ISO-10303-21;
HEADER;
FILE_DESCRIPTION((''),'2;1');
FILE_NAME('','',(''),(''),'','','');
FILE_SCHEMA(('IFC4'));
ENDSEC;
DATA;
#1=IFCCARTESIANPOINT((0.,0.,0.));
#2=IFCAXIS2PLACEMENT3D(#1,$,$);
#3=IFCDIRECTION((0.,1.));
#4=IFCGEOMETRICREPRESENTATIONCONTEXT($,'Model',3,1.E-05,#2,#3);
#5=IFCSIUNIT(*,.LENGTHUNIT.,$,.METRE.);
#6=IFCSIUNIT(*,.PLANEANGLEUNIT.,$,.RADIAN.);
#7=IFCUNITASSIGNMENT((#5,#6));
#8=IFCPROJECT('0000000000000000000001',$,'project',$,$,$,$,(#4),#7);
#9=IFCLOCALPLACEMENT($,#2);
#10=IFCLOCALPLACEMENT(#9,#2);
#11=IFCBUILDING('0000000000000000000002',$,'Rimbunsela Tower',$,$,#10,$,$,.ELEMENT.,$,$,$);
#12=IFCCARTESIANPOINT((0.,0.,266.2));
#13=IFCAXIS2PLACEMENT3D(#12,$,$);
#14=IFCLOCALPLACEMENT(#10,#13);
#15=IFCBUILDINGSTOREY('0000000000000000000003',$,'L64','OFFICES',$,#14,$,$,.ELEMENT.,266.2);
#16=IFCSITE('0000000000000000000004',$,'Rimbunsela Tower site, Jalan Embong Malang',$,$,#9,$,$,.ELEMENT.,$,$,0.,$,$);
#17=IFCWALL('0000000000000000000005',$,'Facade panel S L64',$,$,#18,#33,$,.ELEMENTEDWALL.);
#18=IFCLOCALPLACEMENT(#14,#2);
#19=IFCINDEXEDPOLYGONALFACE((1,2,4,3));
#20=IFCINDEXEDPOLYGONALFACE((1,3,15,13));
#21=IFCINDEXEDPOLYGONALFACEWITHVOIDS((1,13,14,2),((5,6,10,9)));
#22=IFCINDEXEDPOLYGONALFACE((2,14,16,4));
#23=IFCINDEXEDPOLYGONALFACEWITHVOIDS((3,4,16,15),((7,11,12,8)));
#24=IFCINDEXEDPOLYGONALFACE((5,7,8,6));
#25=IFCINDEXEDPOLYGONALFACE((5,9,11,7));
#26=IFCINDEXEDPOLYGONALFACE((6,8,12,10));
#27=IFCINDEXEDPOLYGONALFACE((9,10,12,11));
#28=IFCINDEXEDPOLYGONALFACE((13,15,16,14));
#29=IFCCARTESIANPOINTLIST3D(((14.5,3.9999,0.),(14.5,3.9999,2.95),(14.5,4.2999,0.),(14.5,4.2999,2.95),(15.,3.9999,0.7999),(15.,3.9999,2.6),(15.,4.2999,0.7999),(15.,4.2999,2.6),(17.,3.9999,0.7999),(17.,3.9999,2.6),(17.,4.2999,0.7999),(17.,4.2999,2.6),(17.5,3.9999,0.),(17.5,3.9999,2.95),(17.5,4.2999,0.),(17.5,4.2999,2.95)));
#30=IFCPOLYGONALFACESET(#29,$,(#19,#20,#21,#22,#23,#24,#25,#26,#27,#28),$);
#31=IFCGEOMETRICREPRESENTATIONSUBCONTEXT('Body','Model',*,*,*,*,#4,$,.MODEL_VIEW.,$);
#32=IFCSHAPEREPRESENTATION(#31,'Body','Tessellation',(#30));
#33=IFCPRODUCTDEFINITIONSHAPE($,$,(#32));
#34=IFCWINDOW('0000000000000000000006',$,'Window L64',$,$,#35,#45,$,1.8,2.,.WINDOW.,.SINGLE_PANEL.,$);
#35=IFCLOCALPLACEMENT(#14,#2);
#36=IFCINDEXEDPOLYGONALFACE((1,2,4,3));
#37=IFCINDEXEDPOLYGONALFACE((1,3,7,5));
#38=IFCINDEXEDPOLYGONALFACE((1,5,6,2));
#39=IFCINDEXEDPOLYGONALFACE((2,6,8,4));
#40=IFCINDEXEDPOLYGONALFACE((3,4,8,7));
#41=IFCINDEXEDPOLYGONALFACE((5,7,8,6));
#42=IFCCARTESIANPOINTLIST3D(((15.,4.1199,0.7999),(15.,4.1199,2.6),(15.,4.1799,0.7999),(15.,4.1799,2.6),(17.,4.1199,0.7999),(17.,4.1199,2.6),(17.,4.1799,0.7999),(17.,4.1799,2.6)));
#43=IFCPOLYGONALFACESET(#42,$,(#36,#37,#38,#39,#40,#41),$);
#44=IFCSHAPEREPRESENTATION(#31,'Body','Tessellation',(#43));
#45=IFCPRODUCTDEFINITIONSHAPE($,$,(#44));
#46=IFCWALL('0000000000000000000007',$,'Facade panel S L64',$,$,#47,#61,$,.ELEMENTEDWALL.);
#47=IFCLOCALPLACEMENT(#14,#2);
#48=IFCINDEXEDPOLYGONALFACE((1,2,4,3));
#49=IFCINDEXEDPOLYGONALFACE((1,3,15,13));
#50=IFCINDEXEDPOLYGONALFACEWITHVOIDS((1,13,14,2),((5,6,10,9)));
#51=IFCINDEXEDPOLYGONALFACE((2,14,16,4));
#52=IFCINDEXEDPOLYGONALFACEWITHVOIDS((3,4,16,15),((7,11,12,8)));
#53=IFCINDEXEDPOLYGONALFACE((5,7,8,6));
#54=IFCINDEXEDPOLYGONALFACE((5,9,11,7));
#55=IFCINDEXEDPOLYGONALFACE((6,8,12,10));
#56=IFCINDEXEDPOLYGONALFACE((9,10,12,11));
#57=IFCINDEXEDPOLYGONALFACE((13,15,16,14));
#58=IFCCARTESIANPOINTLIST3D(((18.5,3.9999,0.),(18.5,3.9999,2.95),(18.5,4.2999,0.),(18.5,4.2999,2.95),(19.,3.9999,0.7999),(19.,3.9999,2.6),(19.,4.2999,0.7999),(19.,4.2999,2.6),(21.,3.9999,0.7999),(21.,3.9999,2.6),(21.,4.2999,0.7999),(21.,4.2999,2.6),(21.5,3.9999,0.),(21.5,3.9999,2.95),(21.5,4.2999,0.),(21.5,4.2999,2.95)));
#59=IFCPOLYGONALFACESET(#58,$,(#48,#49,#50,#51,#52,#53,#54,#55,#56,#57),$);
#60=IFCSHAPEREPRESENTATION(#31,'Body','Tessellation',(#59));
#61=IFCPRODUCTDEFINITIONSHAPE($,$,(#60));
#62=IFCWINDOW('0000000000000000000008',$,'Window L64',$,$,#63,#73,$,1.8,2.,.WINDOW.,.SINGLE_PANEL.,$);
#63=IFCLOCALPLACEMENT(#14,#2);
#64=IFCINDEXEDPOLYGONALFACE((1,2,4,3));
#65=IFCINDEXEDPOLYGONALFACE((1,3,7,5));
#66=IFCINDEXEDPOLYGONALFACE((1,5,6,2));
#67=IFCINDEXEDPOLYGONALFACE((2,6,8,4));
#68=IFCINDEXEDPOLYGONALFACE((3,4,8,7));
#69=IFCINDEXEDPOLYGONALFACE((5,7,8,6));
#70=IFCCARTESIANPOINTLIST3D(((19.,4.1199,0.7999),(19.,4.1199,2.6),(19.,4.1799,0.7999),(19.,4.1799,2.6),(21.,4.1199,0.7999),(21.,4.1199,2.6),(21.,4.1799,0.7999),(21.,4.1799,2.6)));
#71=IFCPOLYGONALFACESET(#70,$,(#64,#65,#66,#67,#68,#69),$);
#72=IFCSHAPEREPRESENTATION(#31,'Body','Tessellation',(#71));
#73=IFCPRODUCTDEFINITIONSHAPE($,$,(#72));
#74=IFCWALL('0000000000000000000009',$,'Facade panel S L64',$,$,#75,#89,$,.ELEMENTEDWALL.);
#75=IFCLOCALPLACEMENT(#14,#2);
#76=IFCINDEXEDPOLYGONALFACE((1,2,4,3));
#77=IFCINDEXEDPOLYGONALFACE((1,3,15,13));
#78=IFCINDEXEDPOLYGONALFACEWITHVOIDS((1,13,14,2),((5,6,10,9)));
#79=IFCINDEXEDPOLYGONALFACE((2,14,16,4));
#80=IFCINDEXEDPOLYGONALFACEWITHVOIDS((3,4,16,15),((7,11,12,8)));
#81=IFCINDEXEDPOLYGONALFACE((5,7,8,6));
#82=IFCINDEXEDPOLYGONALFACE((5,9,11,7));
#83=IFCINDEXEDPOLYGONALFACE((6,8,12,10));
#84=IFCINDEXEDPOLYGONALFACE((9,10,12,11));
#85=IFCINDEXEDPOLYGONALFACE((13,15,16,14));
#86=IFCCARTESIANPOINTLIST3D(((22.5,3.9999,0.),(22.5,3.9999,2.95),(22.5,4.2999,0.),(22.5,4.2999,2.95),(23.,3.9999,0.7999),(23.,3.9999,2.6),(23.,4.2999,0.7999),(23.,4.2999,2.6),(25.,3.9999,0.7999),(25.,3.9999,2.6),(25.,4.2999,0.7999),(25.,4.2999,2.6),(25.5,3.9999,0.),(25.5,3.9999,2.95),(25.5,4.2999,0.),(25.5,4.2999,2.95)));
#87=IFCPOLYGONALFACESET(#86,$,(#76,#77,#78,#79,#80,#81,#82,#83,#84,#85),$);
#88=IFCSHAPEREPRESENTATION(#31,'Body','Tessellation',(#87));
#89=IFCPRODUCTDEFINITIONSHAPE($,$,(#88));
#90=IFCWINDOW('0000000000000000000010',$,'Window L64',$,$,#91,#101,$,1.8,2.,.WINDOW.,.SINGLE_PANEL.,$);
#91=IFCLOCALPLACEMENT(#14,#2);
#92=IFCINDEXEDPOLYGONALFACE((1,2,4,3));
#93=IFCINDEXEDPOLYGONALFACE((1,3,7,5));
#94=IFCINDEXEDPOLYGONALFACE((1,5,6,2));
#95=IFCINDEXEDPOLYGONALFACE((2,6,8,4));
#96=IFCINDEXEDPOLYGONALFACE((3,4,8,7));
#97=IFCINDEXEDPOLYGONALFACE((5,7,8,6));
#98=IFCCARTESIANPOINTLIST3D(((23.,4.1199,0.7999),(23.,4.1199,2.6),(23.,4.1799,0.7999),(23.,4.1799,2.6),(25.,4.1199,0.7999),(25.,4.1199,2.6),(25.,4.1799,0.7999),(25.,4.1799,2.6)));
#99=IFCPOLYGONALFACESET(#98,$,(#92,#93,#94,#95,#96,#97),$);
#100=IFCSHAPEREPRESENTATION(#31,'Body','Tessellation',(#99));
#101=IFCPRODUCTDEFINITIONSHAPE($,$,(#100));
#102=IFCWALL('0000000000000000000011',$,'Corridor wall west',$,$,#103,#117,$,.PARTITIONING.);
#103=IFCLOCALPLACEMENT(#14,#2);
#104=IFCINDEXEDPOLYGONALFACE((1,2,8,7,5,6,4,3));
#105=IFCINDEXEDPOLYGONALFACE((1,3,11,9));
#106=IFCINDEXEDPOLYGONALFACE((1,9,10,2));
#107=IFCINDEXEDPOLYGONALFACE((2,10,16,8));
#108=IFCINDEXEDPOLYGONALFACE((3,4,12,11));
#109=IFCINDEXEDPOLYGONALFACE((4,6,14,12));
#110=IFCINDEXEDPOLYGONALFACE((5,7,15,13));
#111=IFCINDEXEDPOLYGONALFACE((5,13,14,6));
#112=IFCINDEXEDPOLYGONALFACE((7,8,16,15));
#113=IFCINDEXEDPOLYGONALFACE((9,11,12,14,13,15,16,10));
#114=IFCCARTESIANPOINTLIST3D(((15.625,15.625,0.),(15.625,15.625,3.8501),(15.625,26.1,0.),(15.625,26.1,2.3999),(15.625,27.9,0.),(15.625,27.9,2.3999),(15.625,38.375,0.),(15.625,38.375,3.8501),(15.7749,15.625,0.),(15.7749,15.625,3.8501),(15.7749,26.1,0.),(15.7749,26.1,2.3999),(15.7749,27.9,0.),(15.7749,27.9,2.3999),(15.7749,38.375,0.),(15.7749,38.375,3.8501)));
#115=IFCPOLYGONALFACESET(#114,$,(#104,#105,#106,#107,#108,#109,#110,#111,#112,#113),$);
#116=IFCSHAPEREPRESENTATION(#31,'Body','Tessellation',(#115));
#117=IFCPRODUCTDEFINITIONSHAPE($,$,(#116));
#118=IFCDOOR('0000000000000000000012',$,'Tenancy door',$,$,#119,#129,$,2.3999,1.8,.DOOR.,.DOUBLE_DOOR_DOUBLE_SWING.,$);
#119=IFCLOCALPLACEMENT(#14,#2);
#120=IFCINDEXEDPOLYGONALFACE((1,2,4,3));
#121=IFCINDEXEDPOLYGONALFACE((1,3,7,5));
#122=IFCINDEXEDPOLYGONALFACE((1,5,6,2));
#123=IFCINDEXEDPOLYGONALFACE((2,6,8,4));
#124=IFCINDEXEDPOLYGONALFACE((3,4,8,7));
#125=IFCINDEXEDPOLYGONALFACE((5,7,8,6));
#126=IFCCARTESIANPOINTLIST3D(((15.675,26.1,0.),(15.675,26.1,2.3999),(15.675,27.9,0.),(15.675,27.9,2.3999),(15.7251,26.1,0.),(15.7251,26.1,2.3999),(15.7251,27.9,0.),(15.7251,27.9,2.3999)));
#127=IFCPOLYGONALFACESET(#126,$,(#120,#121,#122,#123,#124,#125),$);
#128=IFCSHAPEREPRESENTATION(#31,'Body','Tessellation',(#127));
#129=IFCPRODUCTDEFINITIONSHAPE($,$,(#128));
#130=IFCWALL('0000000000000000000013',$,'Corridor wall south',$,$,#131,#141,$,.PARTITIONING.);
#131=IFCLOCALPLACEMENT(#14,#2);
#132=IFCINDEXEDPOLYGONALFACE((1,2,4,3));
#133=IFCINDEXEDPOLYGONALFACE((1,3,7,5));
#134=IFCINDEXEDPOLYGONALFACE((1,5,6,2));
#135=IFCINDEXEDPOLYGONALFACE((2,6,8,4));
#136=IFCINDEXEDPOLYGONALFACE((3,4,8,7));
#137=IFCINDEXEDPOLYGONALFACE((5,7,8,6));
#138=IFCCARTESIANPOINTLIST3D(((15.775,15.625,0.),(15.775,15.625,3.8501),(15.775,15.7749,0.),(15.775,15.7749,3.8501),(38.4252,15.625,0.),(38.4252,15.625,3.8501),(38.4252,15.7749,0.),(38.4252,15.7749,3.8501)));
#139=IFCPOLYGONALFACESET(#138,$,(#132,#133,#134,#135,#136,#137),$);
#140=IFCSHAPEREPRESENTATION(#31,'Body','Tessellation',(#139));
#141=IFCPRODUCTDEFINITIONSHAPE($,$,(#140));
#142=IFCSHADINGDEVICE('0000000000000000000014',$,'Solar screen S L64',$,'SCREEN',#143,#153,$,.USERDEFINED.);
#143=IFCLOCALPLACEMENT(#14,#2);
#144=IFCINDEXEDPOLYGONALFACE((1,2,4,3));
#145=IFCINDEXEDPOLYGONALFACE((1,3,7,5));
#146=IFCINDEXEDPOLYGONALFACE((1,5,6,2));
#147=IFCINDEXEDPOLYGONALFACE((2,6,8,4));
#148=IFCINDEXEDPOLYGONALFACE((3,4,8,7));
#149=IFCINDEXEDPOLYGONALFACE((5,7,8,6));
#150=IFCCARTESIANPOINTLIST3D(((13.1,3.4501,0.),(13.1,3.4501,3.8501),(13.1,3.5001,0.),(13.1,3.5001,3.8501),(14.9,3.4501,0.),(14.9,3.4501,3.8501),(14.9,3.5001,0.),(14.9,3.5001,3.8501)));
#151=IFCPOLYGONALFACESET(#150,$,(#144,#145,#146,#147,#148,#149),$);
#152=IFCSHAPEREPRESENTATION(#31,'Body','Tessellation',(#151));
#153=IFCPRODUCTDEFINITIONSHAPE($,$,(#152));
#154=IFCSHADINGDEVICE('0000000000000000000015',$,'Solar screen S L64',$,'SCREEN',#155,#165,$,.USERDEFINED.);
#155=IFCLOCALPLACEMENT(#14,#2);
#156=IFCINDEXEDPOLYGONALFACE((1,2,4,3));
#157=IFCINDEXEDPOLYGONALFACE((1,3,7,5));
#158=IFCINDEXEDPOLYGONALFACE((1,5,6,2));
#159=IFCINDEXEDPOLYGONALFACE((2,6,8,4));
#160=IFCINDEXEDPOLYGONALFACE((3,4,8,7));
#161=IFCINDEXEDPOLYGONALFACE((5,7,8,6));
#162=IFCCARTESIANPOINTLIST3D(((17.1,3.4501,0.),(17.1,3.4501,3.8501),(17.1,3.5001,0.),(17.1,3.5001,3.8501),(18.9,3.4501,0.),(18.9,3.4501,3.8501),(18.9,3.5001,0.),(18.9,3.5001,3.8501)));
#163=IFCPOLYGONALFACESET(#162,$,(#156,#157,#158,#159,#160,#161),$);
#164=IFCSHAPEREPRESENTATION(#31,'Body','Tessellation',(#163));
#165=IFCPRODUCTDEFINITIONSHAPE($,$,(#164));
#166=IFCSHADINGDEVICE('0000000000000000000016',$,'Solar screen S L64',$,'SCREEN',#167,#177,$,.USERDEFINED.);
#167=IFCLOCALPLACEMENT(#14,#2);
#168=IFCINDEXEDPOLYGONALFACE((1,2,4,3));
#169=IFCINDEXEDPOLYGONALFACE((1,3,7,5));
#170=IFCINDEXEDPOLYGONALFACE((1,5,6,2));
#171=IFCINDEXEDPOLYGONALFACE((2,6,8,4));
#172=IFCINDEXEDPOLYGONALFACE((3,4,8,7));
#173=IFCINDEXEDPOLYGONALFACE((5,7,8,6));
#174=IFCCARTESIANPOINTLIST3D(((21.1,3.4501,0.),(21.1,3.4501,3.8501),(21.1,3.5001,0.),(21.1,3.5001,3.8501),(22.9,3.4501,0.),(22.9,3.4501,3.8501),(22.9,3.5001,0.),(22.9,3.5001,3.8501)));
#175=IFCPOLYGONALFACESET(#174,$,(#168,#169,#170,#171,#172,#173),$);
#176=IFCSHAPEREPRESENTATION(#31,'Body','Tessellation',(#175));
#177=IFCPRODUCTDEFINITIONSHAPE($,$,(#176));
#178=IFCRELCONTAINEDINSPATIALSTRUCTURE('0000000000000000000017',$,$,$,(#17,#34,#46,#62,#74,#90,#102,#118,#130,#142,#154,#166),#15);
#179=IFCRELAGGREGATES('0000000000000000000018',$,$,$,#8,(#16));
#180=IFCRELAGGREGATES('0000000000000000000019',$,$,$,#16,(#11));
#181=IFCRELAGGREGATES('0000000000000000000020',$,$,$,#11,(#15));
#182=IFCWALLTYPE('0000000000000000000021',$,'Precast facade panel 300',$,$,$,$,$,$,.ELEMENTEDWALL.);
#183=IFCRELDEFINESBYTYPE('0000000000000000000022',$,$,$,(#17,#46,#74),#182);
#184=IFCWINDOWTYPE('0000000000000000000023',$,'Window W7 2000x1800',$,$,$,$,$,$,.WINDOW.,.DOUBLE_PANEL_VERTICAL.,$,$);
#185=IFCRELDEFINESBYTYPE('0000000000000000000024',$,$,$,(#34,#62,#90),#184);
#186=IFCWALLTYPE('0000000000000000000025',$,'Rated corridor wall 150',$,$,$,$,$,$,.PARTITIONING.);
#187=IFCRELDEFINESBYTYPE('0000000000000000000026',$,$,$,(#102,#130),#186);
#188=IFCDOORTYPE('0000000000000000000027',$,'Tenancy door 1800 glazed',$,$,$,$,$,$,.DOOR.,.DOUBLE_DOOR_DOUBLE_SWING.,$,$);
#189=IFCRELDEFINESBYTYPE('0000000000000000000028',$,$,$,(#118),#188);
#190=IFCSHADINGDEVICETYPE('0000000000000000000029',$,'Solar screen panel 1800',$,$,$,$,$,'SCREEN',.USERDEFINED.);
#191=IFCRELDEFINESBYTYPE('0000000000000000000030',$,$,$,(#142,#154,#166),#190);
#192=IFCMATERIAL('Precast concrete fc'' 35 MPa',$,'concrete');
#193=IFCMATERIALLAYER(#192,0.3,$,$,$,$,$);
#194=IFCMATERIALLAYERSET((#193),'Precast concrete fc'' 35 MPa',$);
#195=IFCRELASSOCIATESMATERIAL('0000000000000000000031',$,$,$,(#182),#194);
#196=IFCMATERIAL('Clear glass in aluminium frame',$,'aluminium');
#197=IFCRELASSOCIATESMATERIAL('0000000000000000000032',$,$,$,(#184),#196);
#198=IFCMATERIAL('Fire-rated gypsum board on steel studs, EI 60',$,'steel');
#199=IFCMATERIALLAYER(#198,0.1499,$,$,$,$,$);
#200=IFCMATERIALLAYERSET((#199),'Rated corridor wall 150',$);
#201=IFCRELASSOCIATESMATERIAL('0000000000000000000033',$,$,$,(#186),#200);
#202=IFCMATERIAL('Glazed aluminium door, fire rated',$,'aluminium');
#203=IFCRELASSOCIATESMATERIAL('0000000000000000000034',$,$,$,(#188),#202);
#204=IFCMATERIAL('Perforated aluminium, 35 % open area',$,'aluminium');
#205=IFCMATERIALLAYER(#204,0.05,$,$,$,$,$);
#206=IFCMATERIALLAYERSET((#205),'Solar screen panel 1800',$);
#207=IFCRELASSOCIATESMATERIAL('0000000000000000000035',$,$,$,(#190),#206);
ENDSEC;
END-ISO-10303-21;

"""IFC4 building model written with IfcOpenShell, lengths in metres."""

from ifc_helpers import new_model, si_unit, direction, frame, frame_2d, origin, origin_2d, place, context, subcontext, project, spatial, rectangle, extrude, material, layer, layer_set, type_object, element, fill, save


model = new_model("IFC4")

# Units and contexts
model_context = context("Model", 3, precision=1e-05, world=origin(), true_north=direction((0.0, 1.0)))
body_context = subcontext(model_context, "Body", "Model", "MODEL_VIEW")
ifc_project = project(units=[si_unit("LENGTHUNIT", "METRE"), si_unit("PLANEANGLEUNIT", "RADIAN")], contexts=[model_context])

# Site, building, storey
site_placement = place(None, origin())
site = spatial("IfcSite", under=ifc_project, at=site_placement, Name="Rimbunsela Tower site, Jalan Embong Malang", CompositionType="ELEMENT", RefElevation=0.0)
building_placement = place(site_placement, origin())
building = spatial("IfcBuilding", under=site, at=building_placement, Name="Rimbunsela Tower", CompositionType="ELEMENT")
storey_placement = place(building_placement, frame((0.0, 0.0, 266.2)))
storey = spatial("IfcBuildingStorey", under=building, at=storey_placement, Name="L64", Description="OFFICES", CompositionType="ELEMENT", Elevation=266.2)

# Shared definitions
ifc_material_1 = material(Name="Precast concrete fc' 35 MPa", Category="concrete")
ifc_layer_1 = layer(ifc_material_1, 0.3)
ifc_layer_set_1 = layer_set([ifc_layer_1], Name="Precast concrete fc' 35 MPa")
wall_type_1 = type_object("IfcWallType", Name="Precast facade panel 300", PredefinedType="ELEMENTEDWALL", material=ifc_layer_set_1)

# Walls, openings, windows
wall_1_placement = place(storey_placement, frame((14.5, 4.1499, 0.0), z_axis=(0.0, 0.0, 1.0), x_axis=(1.0, 0.0, 0.0)))
wall_1 = element("IfcWall", 1, at=wall_1_placement, inside=storey, type_object=wall_type_1, Name="Facade panel S L64", PredefinedType="ELEMENTEDWALL", context=body_context, shape_type="SweptSolid", body=[
    extrude(rectangle(XDim=3.0, YDim=0.3, at=frame_2d((1.5, 0.0))), origin(), (0.0, 0.0, 1.0), 2.95),
])
opening_1_placement = place(wall_1_placement, frame((0.5, 0.0, 0.8)))
opening_1 = element("IfcOpeningElement", 2, at=opening_1_placement, cuts=wall_1, PredefinedType="OPENING", context=body_context, shape_type="SweptSolid", body=[
    extrude(rectangle(XDim=2.0, YDim=1.8, at=frame_2d((1.0, 0.8999))), frame((0.0, 0.1599, 0.0), z_axis=(0.0, -1.0, 0.0), x_axis=(1.0, 0.0, 0.0)), (0.0, 0.0, 1.0), 0.3201),
])
ifc_material_2 = material(Name="Clear glass in aluminium frame", Category="aluminium")
window_type = type_object("IfcWindowType", Name="Window W7 2000x1800", PartitioningType="DOUBLE_PANEL_VERTICAL", PredefinedType="WINDOW", material=ifc_material_2)
window_1_placement = place(opening_1_placement, origin())
window_1 = element("IfcWindow", 3, at=window_1_placement, inside=storey, type_object=window_type, Name="Window L64", OverallHeight=1.8, OverallWidth=2.0, PartitioningType="SINGLE_PANEL", PredefinedType="WINDOW", context=body_context, shape_type="SweptSolid", body=[
    extrude(rectangle(XDim=2.0, YDim=1.8, at=frame_2d((1.0, 0.8999))), frame((0.0, 0.03, 0.0), z_axis=(0.0, -1.0, 0.0), x_axis=(1.0, 0.0, 0.0)), (0.0, 0.0, 1.0), 0.0601),
])
fill(opening_1, window_1)
wall_2_placement = place(storey_placement, frame((18.5, 4.1499, 0.0), z_axis=(0.0, 0.0, 1.0), x_axis=(1.0, 0.0, 0.0)))
wall_2 = element("IfcWall", 4, at=wall_2_placement, inside=storey, type_object=wall_type_1, Name="Facade panel S L64", PredefinedType="ELEMENTEDWALL", context=body_context, shape_type="SweptSolid", body=[
    extrude(rectangle(XDim=3.0, YDim=0.3, at=frame_2d((1.5, 0.0))), origin(), (0.0, 0.0, 1.0), 2.95),
])
opening_2_placement = place(wall_2_placement, frame((0.5, 0.0, 0.8)))
opening_2 = element("IfcOpeningElement", 5, at=opening_2_placement, cuts=wall_2, PredefinedType="OPENING", context=body_context, shape_type="SweptSolid", body=[
    extrude(rectangle(XDim=2.0, YDim=1.8, at=frame_2d((1.0, 0.8999))), frame((0.0, 0.1599, 0.0), z_axis=(0.0, -1.0, 0.0), x_axis=(1.0, 0.0, 0.0)), (0.0, 0.0, 1.0), 0.3201),
])
window_2_placement = place(opening_2_placement, origin())
window_2 = element("IfcWindow", 6, at=window_2_placement, inside=storey, type_object=window_type, Name="Window L64", OverallHeight=1.8, OverallWidth=2.0, PartitioningType="SINGLE_PANEL", PredefinedType="WINDOW", context=body_context, shape_type="SweptSolid", body=[
    extrude(rectangle(XDim=2.0, YDim=1.8, at=frame_2d((1.0, 0.8999))), frame((0.0, 0.03, 0.0), z_axis=(0.0, -1.0, 0.0), x_axis=(1.0, 0.0, 0.0)), (0.0, 0.0, 1.0), 0.0601),
])
fill(opening_2, window_2)
wall_3_placement = place(storey_placement, frame((22.5, 4.1499, 0.0), z_axis=(0.0, 0.0, 1.0), x_axis=(1.0, 0.0, 0.0)))
wall_3 = element("IfcWall", 7, at=wall_3_placement, inside=storey, type_object=wall_type_1, Name="Facade panel S L64", PredefinedType="ELEMENTEDWALL", context=body_context, shape_type="SweptSolid", body=[
    extrude(rectangle(XDim=3.0, YDim=0.3, at=frame_2d((1.5, 0.0))), origin(), (0.0, 0.0, 1.0), 2.95),
])
opening_3_placement = place(wall_3_placement, frame((0.5, 0.0, 0.8)))
opening_3 = element("IfcOpeningElement", 8, at=opening_3_placement, cuts=wall_3, PredefinedType="OPENING", context=body_context, shape_type="SweptSolid", body=[
    extrude(rectangle(XDim=2.0, YDim=1.8, at=frame_2d((1.0, 0.8999))), frame((0.0, 0.1599, 0.0), z_axis=(0.0, -1.0, 0.0), x_axis=(1.0, 0.0, 0.0)), (0.0, 0.0, 1.0), 0.3201),
])
window_3_placement = place(opening_3_placement, origin())
window_3 = element("IfcWindow", 9, at=window_3_placement, inside=storey, type_object=window_type, Name="Window L64", OverallHeight=1.8, OverallWidth=2.0, PartitioningType="SINGLE_PANEL", PredefinedType="WINDOW", context=body_context, shape_type="SweptSolid", body=[
    extrude(rectangle(XDim=2.0, YDim=1.8, at=frame_2d((1.0, 0.8999))), frame((0.0, 0.03, 0.0), z_axis=(0.0, -1.0, 0.0), x_axis=(1.0, 0.0, 0.0)), (0.0, 0.0, 1.0), 0.0601),
])
fill(opening_3, window_3)

# Wall, opening, door
ifc_material_3 = material(Name="Fire-rated gypsum board on steel studs, EI 60", Category="steel")
ifc_layer_2 = layer(ifc_material_3, 0.1499)
ifc_layer_set_2 = layer_set([ifc_layer_2], Name="Rated corridor wall 150")
wall_type_2 = type_object("IfcWallType", Name="Rated corridor wall 150", PredefinedType="PARTITIONING", material=ifc_layer_set_2)
wall_4_placement = place(storey_placement, frame((15.7, 15.625, 0.0), z_axis=(0.0, 0.0, 1.0), x_axis=(0.0, 1.0, 0.0)))
wall_4 = element("IfcWall", 10, at=wall_4_placement, inside=storey, type_object=wall_type_2, Name="Corridor wall west", PredefinedType="PARTITIONING", context=body_context, shape_type="SweptSolid", body=[
    extrude(rectangle(XDim=22.75, YDim=0.1499, at=frame_2d((11.375, 0.0))), origin(), (0.0, 0.0, 1.0), 3.8501),
])
opening_4_placement = place(wall_4_placement, frame((10.4751, 0.0, 0.0)))
opening_4 = element("IfcOpeningElement", 11, at=opening_4_placement, cuts=wall_4, PredefinedType="OPENING", context=body_context, shape_type="SweptSolid", body=[
    extrude(rectangle(XDim=1.8, YDim=2.3999, at=frame_2d((0.8999, 1.2))), frame((0.0, 0.085, 0.0), z_axis=(0.0, -1.0, 0.0), x_axis=(1.0, 0.0, 0.0)), (0.0, 0.0, 1.0), 0.1699),
])
ifc_material_4 = material(Name="Glazed aluminium door, fire rated", Category="aluminium")
door_type_1 = type_object("IfcDoorType", Name="Tenancy door 1800 glazed", OperationType="DOUBLE_DOOR_DOUBLE_SWING", PredefinedType="DOOR", material=ifc_material_4)
door_1_placement = place(opening_4_placement, origin())
door_1 = element("IfcDoor", 12, at=door_1_placement, inside=storey, type_object=door_type_1, Name="Tenancy door", OperationType="DOUBLE_DOOR_DOUBLE_SWING", OverallHeight=2.3999, OverallWidth=1.8, PredefinedType="DOOR", context=body_context, shape_type="SweptSolid", body=[
    extrude(rectangle(XDim=1.8, YDim=2.3999, at=frame_2d((0.8999, 1.2))), frame((0.0, 0.0249, 0.0), z_axis=(0.0, -1.0, 0.0), x_axis=(1.0, 0.0, 0.0)), (0.0, 0.0, 1.0), 0.05),
])
fill(opening_4, door_1)

# Wall
wall_5_placement = place(storey_placement, frame((15.7749, 15.7, 0.0), z_axis=(0.0, 0.0, 1.0), x_axis=(1.0, 0.0, 0.0)))
element("IfcWall", 13, at=wall_5_placement, inside=storey, type_object=wall_type_2, Name="Corridor wall south", PredefinedType="PARTITIONING", context=body_context, shape_type="SweptSolid", body=[
    extrude(rectangle(XDim=22.6501, YDim=0.1499, at=frame_2d((11.3252, 0.0))), origin(), (0.0, 0.0, 1.0), 3.8501),
])

# Shading devices
ifc_material_5 = material(Name="Perforated aluminium, 35 % open area", Category="aluminium")
ifc_layer_3 = layer(ifc_material_5, 0.05)
ifc_layer_set_3 = layer_set([ifc_layer_3], Name="Solar screen panel 1800")
shading_device_type = type_object("IfcShadingDeviceType", Name="Solar screen panel 1800", ElementType="SCREEN", PredefinedType="USERDEFINED", material=ifc_layer_set_3)
for number, where, z_axis, x_axis, name in (
    (14, (14.0, 3.4751, 0.0), (0.0, 0.0, 1.0), (1.0, 0.0, 0.0), "Solar screen S L64"),
    (15, (18.0, 3.4751, 0.0), (0.0, 0.0, 1.0), (1.0, 0.0, 0.0), "Solar screen S L64"),
    (16, (22.0, 3.4751, 0.0), (0.0, 0.0, 1.0), (1.0, 0.0, 0.0), "Solar screen S L64"),
):
    element("IfcShadingDevice", number, at=place(storey_placement, frame(where, z_axis=z_axis, x_axis=x_axis)), inside=storey, type_object=shading_device_type, Name=name, ObjectType="SCREEN", PredefinedType="USERDEFINED", context=body_context, shape_type="SweptSolid", body=[
        extrude(rectangle(XDim=1.8, YDim=0.05, at=origin_2d()), origin(), (0.0, 0.0, 1.0), 3.8501),
    ])

save(model, "model.ifc")
